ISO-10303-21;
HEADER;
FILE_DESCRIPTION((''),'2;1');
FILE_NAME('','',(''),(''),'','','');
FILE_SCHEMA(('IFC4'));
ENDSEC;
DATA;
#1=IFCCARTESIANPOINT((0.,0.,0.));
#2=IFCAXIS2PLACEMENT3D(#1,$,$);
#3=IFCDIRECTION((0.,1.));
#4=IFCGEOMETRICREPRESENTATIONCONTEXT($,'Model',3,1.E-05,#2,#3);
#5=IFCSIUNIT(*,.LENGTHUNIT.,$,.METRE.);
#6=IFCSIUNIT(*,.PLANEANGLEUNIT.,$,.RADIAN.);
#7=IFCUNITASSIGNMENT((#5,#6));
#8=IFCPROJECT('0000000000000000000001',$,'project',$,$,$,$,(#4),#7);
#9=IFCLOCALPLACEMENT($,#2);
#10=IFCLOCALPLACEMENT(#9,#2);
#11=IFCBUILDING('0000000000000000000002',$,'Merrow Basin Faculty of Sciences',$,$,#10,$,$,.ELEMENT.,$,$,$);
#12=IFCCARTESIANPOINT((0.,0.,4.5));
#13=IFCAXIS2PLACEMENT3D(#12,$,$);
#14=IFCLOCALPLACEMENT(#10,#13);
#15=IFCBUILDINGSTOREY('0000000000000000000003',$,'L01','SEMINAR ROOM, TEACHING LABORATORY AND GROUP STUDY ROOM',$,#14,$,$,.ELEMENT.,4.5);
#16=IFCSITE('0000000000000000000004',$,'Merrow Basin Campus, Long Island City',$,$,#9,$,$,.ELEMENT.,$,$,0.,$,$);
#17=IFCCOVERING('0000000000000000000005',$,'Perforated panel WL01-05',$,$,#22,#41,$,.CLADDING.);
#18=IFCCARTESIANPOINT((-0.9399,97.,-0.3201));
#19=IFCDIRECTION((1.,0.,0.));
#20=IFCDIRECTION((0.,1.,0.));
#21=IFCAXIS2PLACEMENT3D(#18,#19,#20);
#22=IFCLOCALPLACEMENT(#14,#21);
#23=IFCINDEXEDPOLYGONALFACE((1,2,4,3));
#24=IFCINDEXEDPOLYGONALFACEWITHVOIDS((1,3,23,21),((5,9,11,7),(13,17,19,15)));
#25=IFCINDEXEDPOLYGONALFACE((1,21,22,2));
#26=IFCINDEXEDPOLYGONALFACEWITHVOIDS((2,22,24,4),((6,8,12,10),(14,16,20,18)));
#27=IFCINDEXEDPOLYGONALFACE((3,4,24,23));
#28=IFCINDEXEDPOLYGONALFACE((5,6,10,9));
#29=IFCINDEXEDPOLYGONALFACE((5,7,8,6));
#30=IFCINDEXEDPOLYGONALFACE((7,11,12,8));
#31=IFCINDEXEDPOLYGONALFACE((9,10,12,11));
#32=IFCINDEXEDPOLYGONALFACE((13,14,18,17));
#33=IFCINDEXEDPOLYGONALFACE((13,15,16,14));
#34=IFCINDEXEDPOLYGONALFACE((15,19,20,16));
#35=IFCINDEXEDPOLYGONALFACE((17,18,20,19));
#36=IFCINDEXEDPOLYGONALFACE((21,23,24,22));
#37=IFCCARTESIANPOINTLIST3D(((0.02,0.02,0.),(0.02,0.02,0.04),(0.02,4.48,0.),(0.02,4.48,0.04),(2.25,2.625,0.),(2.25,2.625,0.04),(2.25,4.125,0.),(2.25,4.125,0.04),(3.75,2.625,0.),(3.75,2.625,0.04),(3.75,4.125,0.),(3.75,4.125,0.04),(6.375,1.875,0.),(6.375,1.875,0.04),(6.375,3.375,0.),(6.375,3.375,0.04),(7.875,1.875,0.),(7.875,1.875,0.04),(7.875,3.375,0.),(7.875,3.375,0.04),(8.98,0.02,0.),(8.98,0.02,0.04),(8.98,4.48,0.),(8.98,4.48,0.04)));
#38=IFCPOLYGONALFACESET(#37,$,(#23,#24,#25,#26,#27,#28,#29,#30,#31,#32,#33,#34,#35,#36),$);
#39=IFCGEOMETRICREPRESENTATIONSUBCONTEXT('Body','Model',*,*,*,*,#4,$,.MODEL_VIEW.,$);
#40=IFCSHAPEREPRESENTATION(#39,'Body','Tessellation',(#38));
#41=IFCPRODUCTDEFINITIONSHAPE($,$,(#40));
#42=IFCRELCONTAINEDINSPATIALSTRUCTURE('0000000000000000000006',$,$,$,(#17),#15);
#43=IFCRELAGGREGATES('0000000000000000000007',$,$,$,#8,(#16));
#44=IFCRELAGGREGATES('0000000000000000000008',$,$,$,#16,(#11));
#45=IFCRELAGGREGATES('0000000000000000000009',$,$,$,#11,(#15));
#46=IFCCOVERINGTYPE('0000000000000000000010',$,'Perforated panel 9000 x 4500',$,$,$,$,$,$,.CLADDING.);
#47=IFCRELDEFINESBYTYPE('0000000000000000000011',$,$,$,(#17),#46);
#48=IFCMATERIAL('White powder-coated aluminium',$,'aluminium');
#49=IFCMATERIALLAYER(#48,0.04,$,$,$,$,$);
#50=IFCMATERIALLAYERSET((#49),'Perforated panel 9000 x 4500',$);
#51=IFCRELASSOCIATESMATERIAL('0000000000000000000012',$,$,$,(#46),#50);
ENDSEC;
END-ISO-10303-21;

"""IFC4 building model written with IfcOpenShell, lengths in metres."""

from ifc_helpers import new_model, si_unit, direction, frame, origin, place, context, subcontext, project, spatial, polyline, outline, extrude, source, transform, mapped, material, layer, layer_set, type_object, element, save


model = new_model("IFC4")

# Units and contexts
model_context = context("Model", 3, precision=1e-05, world=origin(), true_north=direction((0.0, 1.0)))
body_context = subcontext(model_context, "Body", "Model", "MODEL_VIEW")
ifc_project = project(units=[si_unit("LENGTHUNIT", "METRE"), si_unit("PLANEANGLEUNIT", "RADIAN")], contexts=[model_context])

# Site, building, storey
site_placement = place(None, origin())
site = spatial("IfcSite", under=ifc_project, at=site_placement, Name="Merrow Basin Campus, Long Island City", CompositionType="ELEMENT", RefElevation=0.0)
building_placement = place(site_placement, origin())
building = spatial("IfcBuilding", under=site, at=building_placement, Name="Merrow Basin Faculty of Sciences", CompositionType="ELEMENT")
storey_placement = place(building_placement, frame((0.0, 0.0, 4.5)))
storey = spatial("IfcBuildingStorey", under=building, at=storey_placement, Name="L01", Description="SEMINAR ROOM, TEACHING LABORATORY AND GROUP STUDY ROOM", CompositionType="ELEMENT", Elevation=4.5)

# Covering
ifc_material_1 = material(Name="White powder-coated aluminium", Category="aluminium")
ifc_layer_1 = layer(ifc_material_1, 0.04)
ifc_layer_set_1 = layer_set([ifc_layer_1], Name="Perforated panel 9000 x 4500")
covering_type = type_object("IfcCoveringType", Name="Perforated panel 9000 x 4500", PredefinedType="CLADDING", material=ifc_layer_set_1)
shared_shape_1 = source(origin(), body_context, "Body", "SweptSolid", [
    extrude(outline(polyline([(0.02, 0.02), (8.98, 0.02), (8.98, 4.48), (0.02, 4.48), (0.02, 0.02)]), holes=[polyline([(6.375, 1.875), (7.875, 1.875), (7.875, 3.375), (6.375, 3.375), (6.375, 1.875)]), polyline([(2.25, 2.625), (3.75, 2.625), (3.75, 4.125), (2.25, 4.125), (2.25, 2.625)])]), origin(), (0.0, 0.0, 1.0), 0.04),
])
covering_placement = place(storey_placement, frame((-0.9399, 97.0, -0.3201), z_axis=(1.0, 0.0, 0.0), x_axis=(0.0, 1.0, 0.0)))
element("IfcCovering", 1, at=covering_placement, inside=storey, type_object=covering_type, Name="Perforated panel WL01-05", PredefinedType="CLADDING", context=body_context, shape_type="MappedRepresentation", body=[
    mapped(shared_shape_1, transform((0.0, 0.0, 0.0), scale=1.0)),
])

save(model, "model.ifc")
